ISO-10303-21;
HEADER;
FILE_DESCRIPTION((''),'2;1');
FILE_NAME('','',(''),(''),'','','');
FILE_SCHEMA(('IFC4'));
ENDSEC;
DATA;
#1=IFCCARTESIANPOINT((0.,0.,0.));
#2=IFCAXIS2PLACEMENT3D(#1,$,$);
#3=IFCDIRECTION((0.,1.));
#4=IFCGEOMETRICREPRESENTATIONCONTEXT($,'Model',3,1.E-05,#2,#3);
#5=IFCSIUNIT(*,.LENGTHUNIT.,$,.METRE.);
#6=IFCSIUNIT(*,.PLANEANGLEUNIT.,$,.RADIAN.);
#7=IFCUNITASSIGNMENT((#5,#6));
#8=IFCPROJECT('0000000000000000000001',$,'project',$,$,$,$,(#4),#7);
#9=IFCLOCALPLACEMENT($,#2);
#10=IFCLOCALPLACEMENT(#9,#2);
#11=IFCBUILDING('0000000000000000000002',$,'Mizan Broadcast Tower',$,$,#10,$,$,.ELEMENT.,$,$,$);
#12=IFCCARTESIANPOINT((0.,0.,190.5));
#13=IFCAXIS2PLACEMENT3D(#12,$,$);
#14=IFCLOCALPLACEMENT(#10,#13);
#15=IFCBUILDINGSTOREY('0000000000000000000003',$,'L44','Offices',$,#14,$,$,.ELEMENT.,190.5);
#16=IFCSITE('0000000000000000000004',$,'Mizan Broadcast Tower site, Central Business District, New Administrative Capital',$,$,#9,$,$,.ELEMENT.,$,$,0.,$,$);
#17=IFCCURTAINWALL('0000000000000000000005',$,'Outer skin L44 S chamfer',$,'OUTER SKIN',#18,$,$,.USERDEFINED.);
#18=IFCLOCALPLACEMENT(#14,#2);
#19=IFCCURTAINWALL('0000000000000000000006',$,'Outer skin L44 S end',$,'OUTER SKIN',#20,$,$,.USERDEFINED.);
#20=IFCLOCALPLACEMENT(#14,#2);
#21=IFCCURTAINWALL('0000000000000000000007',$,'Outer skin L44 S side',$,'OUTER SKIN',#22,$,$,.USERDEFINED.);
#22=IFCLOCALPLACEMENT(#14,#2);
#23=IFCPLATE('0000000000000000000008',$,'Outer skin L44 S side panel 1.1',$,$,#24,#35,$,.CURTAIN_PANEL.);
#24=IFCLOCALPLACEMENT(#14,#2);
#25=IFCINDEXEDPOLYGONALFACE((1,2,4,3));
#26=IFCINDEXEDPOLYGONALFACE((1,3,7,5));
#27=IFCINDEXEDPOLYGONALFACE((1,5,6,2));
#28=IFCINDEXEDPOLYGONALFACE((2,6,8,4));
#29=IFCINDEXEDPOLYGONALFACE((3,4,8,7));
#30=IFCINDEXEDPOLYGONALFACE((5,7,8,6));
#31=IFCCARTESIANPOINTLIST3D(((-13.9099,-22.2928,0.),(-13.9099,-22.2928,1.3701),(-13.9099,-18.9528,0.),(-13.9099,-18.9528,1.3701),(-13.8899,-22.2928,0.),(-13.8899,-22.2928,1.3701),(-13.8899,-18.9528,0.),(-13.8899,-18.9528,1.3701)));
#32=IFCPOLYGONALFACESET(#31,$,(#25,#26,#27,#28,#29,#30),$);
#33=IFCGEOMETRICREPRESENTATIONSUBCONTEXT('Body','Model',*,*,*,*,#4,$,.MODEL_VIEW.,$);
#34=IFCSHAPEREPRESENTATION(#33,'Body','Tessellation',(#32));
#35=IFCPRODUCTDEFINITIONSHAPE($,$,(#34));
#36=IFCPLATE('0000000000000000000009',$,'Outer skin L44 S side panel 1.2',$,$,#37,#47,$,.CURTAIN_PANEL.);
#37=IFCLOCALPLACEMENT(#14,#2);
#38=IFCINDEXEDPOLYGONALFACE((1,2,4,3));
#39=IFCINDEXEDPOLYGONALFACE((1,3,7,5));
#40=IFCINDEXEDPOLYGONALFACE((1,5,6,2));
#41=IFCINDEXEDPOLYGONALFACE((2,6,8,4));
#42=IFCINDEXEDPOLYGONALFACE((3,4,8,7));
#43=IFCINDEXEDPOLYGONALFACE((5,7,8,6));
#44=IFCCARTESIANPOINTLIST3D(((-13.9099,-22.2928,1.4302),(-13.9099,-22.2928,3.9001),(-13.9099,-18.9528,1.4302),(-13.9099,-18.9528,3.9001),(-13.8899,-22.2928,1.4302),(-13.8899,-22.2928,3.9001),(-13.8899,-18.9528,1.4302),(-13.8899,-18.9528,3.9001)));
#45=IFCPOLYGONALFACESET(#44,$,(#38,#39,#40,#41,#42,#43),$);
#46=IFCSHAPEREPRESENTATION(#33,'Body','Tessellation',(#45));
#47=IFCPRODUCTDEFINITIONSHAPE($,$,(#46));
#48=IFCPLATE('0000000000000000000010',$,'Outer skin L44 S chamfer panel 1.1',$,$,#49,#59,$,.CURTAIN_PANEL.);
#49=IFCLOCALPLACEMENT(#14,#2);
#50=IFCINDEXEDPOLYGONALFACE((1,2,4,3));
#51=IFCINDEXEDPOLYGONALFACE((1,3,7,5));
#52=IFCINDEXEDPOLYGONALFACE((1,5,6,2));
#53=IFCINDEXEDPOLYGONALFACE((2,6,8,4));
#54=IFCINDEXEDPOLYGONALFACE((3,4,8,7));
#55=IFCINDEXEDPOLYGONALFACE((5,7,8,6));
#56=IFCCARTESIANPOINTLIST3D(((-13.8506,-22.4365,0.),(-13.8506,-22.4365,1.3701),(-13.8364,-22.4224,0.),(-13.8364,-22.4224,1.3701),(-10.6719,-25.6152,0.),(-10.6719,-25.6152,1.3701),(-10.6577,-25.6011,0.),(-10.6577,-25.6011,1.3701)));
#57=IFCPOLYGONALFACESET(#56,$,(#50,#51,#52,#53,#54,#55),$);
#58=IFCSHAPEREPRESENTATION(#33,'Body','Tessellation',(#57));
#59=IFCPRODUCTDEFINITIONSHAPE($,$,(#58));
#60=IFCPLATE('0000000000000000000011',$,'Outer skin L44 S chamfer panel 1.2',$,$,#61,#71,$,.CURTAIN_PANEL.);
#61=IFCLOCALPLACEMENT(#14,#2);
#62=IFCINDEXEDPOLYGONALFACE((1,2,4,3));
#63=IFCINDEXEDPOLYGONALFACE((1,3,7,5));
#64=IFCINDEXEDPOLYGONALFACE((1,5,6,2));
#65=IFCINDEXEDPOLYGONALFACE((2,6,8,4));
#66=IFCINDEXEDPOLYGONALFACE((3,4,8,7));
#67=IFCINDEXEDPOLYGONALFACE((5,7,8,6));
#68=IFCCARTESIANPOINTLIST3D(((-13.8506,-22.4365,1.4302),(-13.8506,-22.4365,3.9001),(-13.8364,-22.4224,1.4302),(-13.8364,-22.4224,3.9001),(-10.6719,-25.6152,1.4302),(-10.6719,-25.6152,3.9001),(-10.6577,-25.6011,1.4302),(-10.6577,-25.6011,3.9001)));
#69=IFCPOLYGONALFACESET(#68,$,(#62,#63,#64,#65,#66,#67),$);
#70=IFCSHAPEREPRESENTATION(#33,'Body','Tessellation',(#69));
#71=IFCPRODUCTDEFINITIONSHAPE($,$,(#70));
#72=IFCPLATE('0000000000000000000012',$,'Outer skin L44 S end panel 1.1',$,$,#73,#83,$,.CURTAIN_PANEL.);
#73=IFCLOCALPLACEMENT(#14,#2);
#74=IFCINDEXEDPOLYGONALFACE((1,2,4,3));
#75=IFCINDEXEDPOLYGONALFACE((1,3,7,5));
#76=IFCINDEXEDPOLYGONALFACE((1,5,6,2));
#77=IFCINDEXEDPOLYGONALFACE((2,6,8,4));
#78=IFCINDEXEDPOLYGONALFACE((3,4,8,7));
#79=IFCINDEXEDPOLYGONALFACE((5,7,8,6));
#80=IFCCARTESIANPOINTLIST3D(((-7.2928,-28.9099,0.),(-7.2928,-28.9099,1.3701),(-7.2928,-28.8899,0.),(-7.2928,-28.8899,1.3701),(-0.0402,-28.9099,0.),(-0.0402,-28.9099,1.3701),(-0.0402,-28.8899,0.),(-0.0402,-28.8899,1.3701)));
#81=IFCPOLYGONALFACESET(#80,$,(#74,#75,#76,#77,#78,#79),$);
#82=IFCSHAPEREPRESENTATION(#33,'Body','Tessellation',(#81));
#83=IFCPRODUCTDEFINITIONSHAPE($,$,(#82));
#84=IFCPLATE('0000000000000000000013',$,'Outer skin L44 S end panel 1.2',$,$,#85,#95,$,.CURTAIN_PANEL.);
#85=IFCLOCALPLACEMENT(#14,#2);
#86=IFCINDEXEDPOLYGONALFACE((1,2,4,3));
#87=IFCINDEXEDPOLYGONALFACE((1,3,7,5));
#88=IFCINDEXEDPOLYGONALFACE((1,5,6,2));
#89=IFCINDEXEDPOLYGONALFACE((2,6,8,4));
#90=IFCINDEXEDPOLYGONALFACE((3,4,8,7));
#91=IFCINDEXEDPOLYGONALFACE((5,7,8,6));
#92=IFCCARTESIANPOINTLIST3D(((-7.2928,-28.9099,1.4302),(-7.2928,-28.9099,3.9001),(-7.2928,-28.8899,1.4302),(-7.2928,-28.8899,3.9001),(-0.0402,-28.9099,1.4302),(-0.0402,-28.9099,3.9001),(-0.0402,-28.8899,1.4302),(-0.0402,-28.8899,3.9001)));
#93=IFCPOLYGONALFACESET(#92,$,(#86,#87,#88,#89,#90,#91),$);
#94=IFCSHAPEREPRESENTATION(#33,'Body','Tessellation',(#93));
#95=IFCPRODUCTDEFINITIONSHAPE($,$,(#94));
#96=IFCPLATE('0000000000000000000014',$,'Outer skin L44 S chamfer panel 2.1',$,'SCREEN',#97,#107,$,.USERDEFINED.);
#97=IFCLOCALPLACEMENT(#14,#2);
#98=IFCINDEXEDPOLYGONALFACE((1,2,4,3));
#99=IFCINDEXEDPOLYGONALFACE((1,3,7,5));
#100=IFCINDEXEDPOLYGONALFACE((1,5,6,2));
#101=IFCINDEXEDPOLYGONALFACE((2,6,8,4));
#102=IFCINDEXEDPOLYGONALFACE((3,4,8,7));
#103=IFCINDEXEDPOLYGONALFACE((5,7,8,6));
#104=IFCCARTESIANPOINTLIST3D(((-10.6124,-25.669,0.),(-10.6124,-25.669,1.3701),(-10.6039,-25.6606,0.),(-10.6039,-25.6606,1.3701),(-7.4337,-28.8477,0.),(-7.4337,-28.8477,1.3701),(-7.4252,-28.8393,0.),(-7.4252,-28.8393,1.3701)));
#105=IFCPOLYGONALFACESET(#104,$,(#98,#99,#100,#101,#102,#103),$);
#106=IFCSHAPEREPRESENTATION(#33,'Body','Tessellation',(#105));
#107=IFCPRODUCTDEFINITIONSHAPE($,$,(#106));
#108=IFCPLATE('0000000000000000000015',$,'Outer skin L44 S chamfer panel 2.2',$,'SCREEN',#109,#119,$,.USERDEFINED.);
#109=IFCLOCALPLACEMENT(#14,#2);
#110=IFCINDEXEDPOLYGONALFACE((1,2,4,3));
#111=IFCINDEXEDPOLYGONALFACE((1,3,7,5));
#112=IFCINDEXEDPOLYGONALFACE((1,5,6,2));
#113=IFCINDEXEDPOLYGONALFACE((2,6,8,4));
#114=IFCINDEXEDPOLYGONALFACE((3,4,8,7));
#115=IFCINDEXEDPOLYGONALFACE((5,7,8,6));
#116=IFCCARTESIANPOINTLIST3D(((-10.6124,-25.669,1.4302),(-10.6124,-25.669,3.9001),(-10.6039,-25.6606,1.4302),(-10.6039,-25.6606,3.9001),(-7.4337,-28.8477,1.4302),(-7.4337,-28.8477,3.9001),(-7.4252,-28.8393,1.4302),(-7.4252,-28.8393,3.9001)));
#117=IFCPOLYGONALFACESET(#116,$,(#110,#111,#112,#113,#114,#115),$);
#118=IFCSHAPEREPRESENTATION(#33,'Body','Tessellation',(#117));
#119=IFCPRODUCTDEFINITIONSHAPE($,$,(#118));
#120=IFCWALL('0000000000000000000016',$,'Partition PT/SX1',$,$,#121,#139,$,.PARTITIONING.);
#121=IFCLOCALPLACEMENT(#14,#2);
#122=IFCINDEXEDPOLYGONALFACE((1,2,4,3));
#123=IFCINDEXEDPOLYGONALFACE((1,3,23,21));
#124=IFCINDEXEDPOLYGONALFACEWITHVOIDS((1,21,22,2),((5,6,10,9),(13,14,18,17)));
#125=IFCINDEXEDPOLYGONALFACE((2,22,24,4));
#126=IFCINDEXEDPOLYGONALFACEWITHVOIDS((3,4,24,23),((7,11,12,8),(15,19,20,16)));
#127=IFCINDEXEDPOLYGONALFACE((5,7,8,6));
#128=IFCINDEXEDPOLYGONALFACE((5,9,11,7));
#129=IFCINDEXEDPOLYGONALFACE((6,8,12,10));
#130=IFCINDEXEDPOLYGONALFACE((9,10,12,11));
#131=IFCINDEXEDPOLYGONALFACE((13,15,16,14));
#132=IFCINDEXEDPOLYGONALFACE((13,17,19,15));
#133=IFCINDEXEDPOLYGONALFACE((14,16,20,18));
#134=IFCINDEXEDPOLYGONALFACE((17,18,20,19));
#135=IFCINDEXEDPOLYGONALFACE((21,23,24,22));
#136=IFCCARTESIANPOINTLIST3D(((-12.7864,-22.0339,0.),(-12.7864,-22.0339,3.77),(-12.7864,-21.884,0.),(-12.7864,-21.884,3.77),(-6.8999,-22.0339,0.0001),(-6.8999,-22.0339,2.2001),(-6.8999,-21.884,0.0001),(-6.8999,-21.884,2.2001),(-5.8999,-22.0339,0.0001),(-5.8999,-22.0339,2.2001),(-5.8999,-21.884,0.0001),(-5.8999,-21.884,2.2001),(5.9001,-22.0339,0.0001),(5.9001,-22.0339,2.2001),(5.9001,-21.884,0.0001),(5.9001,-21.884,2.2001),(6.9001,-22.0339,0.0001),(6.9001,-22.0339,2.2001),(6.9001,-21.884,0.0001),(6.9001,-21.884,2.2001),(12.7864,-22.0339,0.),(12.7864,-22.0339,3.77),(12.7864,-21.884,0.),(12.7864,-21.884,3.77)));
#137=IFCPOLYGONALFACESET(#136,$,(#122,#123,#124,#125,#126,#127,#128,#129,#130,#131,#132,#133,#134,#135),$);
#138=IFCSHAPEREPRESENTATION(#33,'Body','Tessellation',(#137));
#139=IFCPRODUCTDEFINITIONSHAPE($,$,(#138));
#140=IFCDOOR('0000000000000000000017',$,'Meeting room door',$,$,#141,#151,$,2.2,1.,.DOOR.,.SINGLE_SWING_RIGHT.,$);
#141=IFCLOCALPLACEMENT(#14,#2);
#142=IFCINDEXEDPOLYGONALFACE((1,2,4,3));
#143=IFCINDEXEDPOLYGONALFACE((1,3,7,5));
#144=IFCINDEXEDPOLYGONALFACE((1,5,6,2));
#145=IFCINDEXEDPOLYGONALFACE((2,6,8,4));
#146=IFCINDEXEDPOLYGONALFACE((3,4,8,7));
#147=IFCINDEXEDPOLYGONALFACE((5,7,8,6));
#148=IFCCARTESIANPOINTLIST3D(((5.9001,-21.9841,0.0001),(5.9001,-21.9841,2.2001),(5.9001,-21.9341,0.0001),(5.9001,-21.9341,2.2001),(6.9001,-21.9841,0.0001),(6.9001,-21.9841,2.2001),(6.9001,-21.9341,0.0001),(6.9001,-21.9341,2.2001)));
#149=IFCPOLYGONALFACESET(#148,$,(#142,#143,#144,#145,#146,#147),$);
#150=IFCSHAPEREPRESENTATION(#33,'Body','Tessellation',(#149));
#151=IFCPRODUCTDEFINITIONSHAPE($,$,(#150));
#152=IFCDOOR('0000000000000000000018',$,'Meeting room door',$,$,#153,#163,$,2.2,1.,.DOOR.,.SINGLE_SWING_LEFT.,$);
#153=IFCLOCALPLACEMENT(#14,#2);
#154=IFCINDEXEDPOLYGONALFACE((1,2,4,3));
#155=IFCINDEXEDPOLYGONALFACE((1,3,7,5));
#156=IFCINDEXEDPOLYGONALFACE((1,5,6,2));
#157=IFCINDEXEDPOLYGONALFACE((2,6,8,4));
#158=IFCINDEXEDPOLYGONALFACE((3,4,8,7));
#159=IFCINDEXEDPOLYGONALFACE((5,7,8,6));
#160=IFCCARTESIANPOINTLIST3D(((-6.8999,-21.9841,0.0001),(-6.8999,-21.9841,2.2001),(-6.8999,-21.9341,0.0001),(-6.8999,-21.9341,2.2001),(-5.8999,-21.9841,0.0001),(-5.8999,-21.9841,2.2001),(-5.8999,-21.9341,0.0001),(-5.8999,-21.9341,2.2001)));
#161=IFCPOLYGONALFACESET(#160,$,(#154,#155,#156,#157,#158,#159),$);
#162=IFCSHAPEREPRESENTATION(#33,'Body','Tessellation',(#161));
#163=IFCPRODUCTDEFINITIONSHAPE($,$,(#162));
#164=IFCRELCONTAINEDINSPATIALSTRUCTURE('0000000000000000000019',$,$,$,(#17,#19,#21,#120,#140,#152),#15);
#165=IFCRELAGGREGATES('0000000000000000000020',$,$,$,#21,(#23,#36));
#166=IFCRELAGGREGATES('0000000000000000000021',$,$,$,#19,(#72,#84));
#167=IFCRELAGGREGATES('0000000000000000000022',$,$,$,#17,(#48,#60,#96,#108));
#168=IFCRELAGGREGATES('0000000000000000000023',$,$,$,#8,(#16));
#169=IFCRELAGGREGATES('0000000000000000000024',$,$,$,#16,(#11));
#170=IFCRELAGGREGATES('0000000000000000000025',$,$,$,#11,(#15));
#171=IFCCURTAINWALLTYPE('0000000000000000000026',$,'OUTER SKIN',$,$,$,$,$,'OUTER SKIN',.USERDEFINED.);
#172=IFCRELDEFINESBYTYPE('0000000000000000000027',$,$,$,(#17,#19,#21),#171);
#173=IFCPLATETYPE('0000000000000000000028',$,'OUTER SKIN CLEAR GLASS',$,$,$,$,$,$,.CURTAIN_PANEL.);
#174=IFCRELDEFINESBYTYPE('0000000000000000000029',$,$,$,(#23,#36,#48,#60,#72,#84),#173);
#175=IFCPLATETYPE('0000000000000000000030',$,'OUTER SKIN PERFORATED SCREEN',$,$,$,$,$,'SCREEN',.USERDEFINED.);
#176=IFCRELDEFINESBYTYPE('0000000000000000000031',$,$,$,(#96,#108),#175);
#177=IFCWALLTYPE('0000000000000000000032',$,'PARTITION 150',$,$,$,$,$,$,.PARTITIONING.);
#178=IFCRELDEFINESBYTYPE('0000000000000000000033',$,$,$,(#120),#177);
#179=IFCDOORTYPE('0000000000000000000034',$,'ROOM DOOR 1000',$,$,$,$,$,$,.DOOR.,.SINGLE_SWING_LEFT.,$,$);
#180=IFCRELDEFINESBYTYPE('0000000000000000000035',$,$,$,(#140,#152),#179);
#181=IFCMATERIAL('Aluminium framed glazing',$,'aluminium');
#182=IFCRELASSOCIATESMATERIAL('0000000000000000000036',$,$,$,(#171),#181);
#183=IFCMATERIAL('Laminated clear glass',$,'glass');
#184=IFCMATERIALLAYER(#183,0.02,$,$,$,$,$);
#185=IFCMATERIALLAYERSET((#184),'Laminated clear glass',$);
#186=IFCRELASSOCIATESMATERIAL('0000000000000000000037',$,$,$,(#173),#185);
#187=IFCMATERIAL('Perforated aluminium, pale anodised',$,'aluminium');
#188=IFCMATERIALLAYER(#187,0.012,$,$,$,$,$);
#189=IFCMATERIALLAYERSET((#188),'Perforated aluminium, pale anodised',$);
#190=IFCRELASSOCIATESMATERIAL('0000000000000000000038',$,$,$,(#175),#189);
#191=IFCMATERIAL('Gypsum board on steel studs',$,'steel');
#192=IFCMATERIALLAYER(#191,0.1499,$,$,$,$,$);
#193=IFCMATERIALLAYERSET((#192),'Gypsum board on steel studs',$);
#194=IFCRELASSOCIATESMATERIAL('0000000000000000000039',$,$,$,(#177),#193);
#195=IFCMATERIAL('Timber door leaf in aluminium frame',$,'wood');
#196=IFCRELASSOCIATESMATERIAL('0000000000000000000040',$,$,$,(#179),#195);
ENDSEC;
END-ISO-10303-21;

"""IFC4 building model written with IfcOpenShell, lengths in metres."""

from ifc_helpers import new_model, si_unit, direction, frame, frame_2d, origin, origin_2d, place, context, subcontext, project, spatial, rectangle, extrude, material, layer, layer_set, type_object, element, fill, aggregate, save


model = new_model("IFC4")

# Units and contexts
model_context = context("Model", 3, precision=1e-05, world=origin(), true_north=direction((0.0, 1.0)))
body_context = subcontext(model_context, "Body", "Model", "MODEL_VIEW")
ifc_project = project(units=[si_unit("LENGTHUNIT", "METRE"), si_unit("PLANEANGLEUNIT", "RADIAN")], contexts=[model_context])

# Site, building, storey
site_placement = place(None, origin())
site = spatial("IfcSite", under=ifc_project, at=site_placement, Name="Mizan Broadcast Tower site, Central Business District, New Administrative Capital", CompositionType="ELEMENT", RefElevation=0.0)
building_placement = place(site_placement, origin())
building = spatial("IfcBuilding", under=site, at=building_placement, Name="Mizan Broadcast Tower", CompositionType="ELEMENT")
storey_placement = place(building_placement, frame((0.0, 0.0, 190.5)))
storey = spatial("IfcBuildingStorey", under=building, at=storey_placement, Name="L44", Description="Offices", CompositionType="ELEMENT", Elevation=190.5)

# Curtain wall
ifc_material_1 = material(Name="Aluminium framed glazing", Category="aluminium")
curtain_wall_type_1 = type_object("IfcCurtainWallType", Name="OUTER SKIN", ElementType="OUTER SKIN", PredefinedType="USERDEFINED", material=ifc_material_1)
curtain_wall_1_placement = place(storey_placement, origin())
curtain_wall_1 = element("IfcCurtainWall", 1, at=curtain_wall_1_placement, inside=storey, type_object=curtain_wall_type_1, Name="Outer skin L44 S chamfer", ObjectType="OUTER SKIN", PredefinedType="USERDEFINED")

# Curtain wall
curtain_wall_2_placement = place(storey_placement, origin())
curtain_wall_2 = element("IfcCurtainWall", 2, at=curtain_wall_2_placement, inside=storey, type_object=curtain_wall_type_1, Name="Outer skin L44 S end", ObjectType="OUTER SKIN", PredefinedType="USERDEFINED")

# Curtain wall, plates
curtain_wall_3_placement = place(storey_placement, origin())
curtain_wall_3 = element("IfcCurtainWall", 3, at=curtain_wall_3_placement, inside=storey, type_object=curtain_wall_type_1, Name="Outer skin L44 S side", ObjectType="OUTER SKIN", PredefinedType="USERDEFINED")
ifc_material_2 = material(Name="Laminated clear glass", Category="glass")
ifc_layer_1 = layer(ifc_material_2, 0.02)
ifc_layer_set_1 = layer_set([ifc_layer_1], Name="Laminated clear glass")
plate_type_1 = type_object("IfcPlateType", Name="OUTER SKIN CLEAR GLASS", PredefinedType="CURTAIN_PANEL", material=ifc_layer_set_1)
plate_1_placement = place(storey_placement, frame((-13.8999, -20.6228, 0.0), z_axis=(0.0, 0.0, 1.0), x_axis=(0.0, -1.0, 0.0)))
plate_1 = element("IfcPlate", 4, at=plate_1_placement, type_object=plate_type_1, Name="Outer skin L44 S side panel 1.1", PredefinedType="CURTAIN_PANEL", context=body_context, shape_type="SweptSolid", body=[
    extrude(rectangle(XDim=3.3401, YDim=0.02, at=origin_2d()), origin(), (0.0, 0.0, 1.0), 1.3701),
])
plate_2_placement = place(storey_placement, frame((-13.8999, -20.6228, 1.4302), z_axis=(0.0, 0.0, 1.0), x_axis=(0.0, -1.0, 0.0)))
plate_2 = element("IfcPlate", 5, at=plate_2_placement, type_object=plate_type_1, Name="Outer skin L44 S side panel 1.2", PredefinedType="CURTAIN_PANEL", context=body_context, shape_type="SweptSolid", body=[
    extrude(rectangle(XDim=3.3401, YDim=0.02, at=origin_2d()), origin(), (0.0, 0.0, 1.0), 2.47),
])
aggregate(curtain_wall_3, [plate_1, plate_2])

# Plates
plate_3_placement = place(storey_placement, frame((-12.2542, -24.0188, 0.0), z_axis=(0.0, 0.0, 1.0), x_axis=(0.707107, -0.707107, 0.0)))
plate_3 = element("IfcPlate", 6, at=plate_3_placement, type_object=plate_type_1, Name="Outer skin L44 S chamfer panel 1.1", PredefinedType="CURTAIN_PANEL", context=body_context, shape_type="SweptSolid", body=[
    extrude(rectangle(XDim=4.4954, YDim=0.02, at=origin_2d()), origin(), (0.0, 0.0, 1.0), 1.3701),
])
plate_4_placement = place(storey_placement, frame((-12.2542, -24.0188, 1.4302), z_axis=(0.0, 0.0, 1.0), x_axis=(0.707107, -0.707107, 0.0)))
plate_4 = element("IfcPlate", 7, at=plate_4_placement, type_object=plate_type_1, Name="Outer skin L44 S chamfer panel 1.2", PredefinedType="CURTAIN_PANEL", context=body_context, shape_type="SweptSolid", body=[
    extrude(rectangle(XDim=4.4954, YDim=0.02, at=origin_2d()), origin(), (0.0, 0.0, 1.0), 2.47),
])
plate_5_placement = place(storey_placement, frame((-3.6665, -28.8999, 0.0), z_axis=(0.0, 0.0, 1.0), x_axis=(1.0, 0.0, 0.0)))
plate_5 = element("IfcPlate", 8, at=plate_5_placement, type_object=plate_type_1, Name="Outer skin L44 S end panel 1.1", PredefinedType="CURTAIN_PANEL", context=body_context, shape_type="SweptSolid", body=[
    extrude(rectangle(XDim=7.2527, YDim=0.02, at=origin_2d()), origin(), (0.0, 0.0, 1.0), 1.3701),
])
plate_6_placement = place(storey_placement, frame((-3.6665, -28.8999, 1.4302), z_axis=(0.0, 0.0, 1.0), x_axis=(1.0, 0.0, 0.0)))
plate_6 = element("IfcPlate", 9, at=plate_6_placement, type_object=plate_type_1, Name="Outer skin L44 S end panel 1.2", PredefinedType="CURTAIN_PANEL", context=body_context, shape_type="SweptSolid", body=[
    extrude(rectangle(XDim=7.2527, YDim=0.02, at=origin_2d()), origin(), (0.0, 0.0, 1.0), 2.47),
])
aggregate(curtain_wall_2, [plate_5, plate_6])
ifc_material_3 = material(Name="Perforated aluminium, pale anodised", Category="aluminium")
ifc_layer_2 = layer(ifc_material_3, 0.012)
ifc_layer_set_2 = layer_set([ifc_layer_2], Name="Perforated aluminium, pale anodised")
plate_type_2 = type_object("IfcPlateType", Name="OUTER SKIN PERFORATED SCREEN", ElementType="SCREEN", PredefinedType="USERDEFINED", material=ifc_layer_set_2)
plate_7_placement = place(storey_placement, frame((-9.0188, -27.2542, 0.0), z_axis=(0.0, 0.0, 1.0), x_axis=(0.707107, -0.707107, 0.0)))
plate_7 = element("IfcPlate", 10, at=plate_7_placement, type_object=plate_type_2, Name="Outer skin L44 S chamfer panel 2.1", ObjectType="SCREEN", PredefinedType="USERDEFINED", context=body_context, shape_type="SweptSolid", body=[
    extrude(rectangle(XDim=4.4954, YDim=0.012, at=origin_2d()), origin(), (0.0, 0.0, 1.0), 1.3701),
])
plate_8_placement = place(storey_placement, frame((-9.0188, -27.2542, 1.4302), z_axis=(0.0, 0.0, 1.0), x_axis=(0.707107, -0.707107, 0.0)))
plate_8 = element("IfcPlate", 11, at=plate_8_placement, type_object=plate_type_2, Name="Outer skin L44 S chamfer panel 2.2", ObjectType="SCREEN", PredefinedType="USERDEFINED", context=body_context, shape_type="SweptSolid", body=[
    extrude(rectangle(XDim=4.4954, YDim=0.012, at=origin_2d()), origin(), (0.0, 0.0, 1.0), 2.47),
])
aggregate(curtain_wall_1, [plate_3, plate_4, plate_7, plate_8])

# Wall, openings, doors
ifc_material_4 = material(Name="Gypsum board on steel studs", Category="steel")
ifc_layer_3 = layer(ifc_material_4, 0.1499)
ifc_layer_set_3 = layer_set([ifc_layer_3], Name="Gypsum board on steel studs")
wall_type = type_object("IfcWallType", Name="PARTITION 150", PredefinedType="PARTITIONING", material=ifc_layer_set_3)
wall_placement = place(storey_placement, frame((-12.7864, -21.959, 0.0), z_axis=(0.0, 0.0, 1.0), x_axis=(1.0, 0.0, 0.0)))
wall = element("IfcWall", 12, at=wall_placement, inside=storey, type_object=wall_type, Name="Partition PT/SX1", PredefinedType="PARTITIONING", context=body_context, shape_type="SweptSolid", body=[
    extrude(rectangle(XDim=25.5728, YDim=0.1499, at=frame_2d((12.7864, 0.0))), origin(), (0.0, 0.0, 1.0), 3.77),
])
opening_1_placement = place(wall_placement, frame((18.6865, 0.0, 0.0)))
opening_1 = element("IfcOpeningElement", 13, at=opening_1_placement, cuts=wall, PredefinedType="OPENING", context=body_context, shape_type="SweptSolid", body=[
    extrude(rectangle(XDim=1.0, YDim=2.2, at=frame_2d((0.5, 1.1001))), frame((0.0, 0.085, 0.0), z_axis=(0.0, -1.0, 0.0), x_axis=(1.0, 0.0, 0.0)), (0.0, 0.0, 1.0), 0.1699),
])
opening_2_placement = place(wall_placement, frame((5.8865, 0.0, 0.0)))
opening_2 = element("IfcOpeningElement", 14, at=opening_2_placement, cuts=wall, PredefinedType="OPENING", context=body_context, shape_type="SweptSolid", body=[
    extrude(rectangle(XDim=1.0, YDim=2.2, at=frame_2d((0.5, 1.1001))), frame((0.0, 0.085, 0.0), z_axis=(0.0, -1.0, 0.0), x_axis=(1.0, 0.0, 0.0)), (0.0, 0.0, 1.0), 0.1699),
])
ifc_material_5 = material(Name="Timber door leaf in aluminium frame", Category="wood")
door_type = type_object("IfcDoorType", Name="ROOM DOOR 1000", OperationType="SINGLE_SWING_LEFT", PredefinedType="DOOR", material=ifc_material_5)
door_1_placement = place(opening_1_placement, origin())
door_1 = element("IfcDoor", 15, at=door_1_placement, inside=storey, type_object=door_type, Name="Meeting room door", OperationType="SINGLE_SWING_RIGHT", OverallHeight=2.2, OverallWidth=1.0, PredefinedType="DOOR", context=body_context, shape_type="SweptSolid", body=[
    extrude(rectangle(XDim=1.0, YDim=2.2, at=frame_2d((0.5, 1.1001))), frame((0.0, 0.0249, 0.0), z_axis=(0.0, -1.0, 0.0), x_axis=(1.0, 0.0, 0.0)), (0.0, 0.0, 1.0), 0.05),
])
fill(opening_1, door_1)
door_2_placement = place(opening_2_placement, origin())
door_2 = element("IfcDoor", 16, at=door_2_placement, inside=storey, type_object=door_type, Name="Meeting room door", OperationType="SINGLE_SWING_LEFT", OverallHeight=2.2, OverallWidth=1.0, PredefinedType="DOOR", context=body_context, shape_type="SweptSolid", body=[
    extrude(rectangle(XDim=1.0, YDim=2.2, at=frame_2d((0.5, 1.1001))), frame((0.0, 0.0249, 0.0), z_axis=(0.0, -1.0, 0.0), x_axis=(1.0, 0.0, 0.0)), (0.0, 0.0, 1.0), 0.05),
])
fill(opening_2, door_2)

save(model, "model.ifc")
